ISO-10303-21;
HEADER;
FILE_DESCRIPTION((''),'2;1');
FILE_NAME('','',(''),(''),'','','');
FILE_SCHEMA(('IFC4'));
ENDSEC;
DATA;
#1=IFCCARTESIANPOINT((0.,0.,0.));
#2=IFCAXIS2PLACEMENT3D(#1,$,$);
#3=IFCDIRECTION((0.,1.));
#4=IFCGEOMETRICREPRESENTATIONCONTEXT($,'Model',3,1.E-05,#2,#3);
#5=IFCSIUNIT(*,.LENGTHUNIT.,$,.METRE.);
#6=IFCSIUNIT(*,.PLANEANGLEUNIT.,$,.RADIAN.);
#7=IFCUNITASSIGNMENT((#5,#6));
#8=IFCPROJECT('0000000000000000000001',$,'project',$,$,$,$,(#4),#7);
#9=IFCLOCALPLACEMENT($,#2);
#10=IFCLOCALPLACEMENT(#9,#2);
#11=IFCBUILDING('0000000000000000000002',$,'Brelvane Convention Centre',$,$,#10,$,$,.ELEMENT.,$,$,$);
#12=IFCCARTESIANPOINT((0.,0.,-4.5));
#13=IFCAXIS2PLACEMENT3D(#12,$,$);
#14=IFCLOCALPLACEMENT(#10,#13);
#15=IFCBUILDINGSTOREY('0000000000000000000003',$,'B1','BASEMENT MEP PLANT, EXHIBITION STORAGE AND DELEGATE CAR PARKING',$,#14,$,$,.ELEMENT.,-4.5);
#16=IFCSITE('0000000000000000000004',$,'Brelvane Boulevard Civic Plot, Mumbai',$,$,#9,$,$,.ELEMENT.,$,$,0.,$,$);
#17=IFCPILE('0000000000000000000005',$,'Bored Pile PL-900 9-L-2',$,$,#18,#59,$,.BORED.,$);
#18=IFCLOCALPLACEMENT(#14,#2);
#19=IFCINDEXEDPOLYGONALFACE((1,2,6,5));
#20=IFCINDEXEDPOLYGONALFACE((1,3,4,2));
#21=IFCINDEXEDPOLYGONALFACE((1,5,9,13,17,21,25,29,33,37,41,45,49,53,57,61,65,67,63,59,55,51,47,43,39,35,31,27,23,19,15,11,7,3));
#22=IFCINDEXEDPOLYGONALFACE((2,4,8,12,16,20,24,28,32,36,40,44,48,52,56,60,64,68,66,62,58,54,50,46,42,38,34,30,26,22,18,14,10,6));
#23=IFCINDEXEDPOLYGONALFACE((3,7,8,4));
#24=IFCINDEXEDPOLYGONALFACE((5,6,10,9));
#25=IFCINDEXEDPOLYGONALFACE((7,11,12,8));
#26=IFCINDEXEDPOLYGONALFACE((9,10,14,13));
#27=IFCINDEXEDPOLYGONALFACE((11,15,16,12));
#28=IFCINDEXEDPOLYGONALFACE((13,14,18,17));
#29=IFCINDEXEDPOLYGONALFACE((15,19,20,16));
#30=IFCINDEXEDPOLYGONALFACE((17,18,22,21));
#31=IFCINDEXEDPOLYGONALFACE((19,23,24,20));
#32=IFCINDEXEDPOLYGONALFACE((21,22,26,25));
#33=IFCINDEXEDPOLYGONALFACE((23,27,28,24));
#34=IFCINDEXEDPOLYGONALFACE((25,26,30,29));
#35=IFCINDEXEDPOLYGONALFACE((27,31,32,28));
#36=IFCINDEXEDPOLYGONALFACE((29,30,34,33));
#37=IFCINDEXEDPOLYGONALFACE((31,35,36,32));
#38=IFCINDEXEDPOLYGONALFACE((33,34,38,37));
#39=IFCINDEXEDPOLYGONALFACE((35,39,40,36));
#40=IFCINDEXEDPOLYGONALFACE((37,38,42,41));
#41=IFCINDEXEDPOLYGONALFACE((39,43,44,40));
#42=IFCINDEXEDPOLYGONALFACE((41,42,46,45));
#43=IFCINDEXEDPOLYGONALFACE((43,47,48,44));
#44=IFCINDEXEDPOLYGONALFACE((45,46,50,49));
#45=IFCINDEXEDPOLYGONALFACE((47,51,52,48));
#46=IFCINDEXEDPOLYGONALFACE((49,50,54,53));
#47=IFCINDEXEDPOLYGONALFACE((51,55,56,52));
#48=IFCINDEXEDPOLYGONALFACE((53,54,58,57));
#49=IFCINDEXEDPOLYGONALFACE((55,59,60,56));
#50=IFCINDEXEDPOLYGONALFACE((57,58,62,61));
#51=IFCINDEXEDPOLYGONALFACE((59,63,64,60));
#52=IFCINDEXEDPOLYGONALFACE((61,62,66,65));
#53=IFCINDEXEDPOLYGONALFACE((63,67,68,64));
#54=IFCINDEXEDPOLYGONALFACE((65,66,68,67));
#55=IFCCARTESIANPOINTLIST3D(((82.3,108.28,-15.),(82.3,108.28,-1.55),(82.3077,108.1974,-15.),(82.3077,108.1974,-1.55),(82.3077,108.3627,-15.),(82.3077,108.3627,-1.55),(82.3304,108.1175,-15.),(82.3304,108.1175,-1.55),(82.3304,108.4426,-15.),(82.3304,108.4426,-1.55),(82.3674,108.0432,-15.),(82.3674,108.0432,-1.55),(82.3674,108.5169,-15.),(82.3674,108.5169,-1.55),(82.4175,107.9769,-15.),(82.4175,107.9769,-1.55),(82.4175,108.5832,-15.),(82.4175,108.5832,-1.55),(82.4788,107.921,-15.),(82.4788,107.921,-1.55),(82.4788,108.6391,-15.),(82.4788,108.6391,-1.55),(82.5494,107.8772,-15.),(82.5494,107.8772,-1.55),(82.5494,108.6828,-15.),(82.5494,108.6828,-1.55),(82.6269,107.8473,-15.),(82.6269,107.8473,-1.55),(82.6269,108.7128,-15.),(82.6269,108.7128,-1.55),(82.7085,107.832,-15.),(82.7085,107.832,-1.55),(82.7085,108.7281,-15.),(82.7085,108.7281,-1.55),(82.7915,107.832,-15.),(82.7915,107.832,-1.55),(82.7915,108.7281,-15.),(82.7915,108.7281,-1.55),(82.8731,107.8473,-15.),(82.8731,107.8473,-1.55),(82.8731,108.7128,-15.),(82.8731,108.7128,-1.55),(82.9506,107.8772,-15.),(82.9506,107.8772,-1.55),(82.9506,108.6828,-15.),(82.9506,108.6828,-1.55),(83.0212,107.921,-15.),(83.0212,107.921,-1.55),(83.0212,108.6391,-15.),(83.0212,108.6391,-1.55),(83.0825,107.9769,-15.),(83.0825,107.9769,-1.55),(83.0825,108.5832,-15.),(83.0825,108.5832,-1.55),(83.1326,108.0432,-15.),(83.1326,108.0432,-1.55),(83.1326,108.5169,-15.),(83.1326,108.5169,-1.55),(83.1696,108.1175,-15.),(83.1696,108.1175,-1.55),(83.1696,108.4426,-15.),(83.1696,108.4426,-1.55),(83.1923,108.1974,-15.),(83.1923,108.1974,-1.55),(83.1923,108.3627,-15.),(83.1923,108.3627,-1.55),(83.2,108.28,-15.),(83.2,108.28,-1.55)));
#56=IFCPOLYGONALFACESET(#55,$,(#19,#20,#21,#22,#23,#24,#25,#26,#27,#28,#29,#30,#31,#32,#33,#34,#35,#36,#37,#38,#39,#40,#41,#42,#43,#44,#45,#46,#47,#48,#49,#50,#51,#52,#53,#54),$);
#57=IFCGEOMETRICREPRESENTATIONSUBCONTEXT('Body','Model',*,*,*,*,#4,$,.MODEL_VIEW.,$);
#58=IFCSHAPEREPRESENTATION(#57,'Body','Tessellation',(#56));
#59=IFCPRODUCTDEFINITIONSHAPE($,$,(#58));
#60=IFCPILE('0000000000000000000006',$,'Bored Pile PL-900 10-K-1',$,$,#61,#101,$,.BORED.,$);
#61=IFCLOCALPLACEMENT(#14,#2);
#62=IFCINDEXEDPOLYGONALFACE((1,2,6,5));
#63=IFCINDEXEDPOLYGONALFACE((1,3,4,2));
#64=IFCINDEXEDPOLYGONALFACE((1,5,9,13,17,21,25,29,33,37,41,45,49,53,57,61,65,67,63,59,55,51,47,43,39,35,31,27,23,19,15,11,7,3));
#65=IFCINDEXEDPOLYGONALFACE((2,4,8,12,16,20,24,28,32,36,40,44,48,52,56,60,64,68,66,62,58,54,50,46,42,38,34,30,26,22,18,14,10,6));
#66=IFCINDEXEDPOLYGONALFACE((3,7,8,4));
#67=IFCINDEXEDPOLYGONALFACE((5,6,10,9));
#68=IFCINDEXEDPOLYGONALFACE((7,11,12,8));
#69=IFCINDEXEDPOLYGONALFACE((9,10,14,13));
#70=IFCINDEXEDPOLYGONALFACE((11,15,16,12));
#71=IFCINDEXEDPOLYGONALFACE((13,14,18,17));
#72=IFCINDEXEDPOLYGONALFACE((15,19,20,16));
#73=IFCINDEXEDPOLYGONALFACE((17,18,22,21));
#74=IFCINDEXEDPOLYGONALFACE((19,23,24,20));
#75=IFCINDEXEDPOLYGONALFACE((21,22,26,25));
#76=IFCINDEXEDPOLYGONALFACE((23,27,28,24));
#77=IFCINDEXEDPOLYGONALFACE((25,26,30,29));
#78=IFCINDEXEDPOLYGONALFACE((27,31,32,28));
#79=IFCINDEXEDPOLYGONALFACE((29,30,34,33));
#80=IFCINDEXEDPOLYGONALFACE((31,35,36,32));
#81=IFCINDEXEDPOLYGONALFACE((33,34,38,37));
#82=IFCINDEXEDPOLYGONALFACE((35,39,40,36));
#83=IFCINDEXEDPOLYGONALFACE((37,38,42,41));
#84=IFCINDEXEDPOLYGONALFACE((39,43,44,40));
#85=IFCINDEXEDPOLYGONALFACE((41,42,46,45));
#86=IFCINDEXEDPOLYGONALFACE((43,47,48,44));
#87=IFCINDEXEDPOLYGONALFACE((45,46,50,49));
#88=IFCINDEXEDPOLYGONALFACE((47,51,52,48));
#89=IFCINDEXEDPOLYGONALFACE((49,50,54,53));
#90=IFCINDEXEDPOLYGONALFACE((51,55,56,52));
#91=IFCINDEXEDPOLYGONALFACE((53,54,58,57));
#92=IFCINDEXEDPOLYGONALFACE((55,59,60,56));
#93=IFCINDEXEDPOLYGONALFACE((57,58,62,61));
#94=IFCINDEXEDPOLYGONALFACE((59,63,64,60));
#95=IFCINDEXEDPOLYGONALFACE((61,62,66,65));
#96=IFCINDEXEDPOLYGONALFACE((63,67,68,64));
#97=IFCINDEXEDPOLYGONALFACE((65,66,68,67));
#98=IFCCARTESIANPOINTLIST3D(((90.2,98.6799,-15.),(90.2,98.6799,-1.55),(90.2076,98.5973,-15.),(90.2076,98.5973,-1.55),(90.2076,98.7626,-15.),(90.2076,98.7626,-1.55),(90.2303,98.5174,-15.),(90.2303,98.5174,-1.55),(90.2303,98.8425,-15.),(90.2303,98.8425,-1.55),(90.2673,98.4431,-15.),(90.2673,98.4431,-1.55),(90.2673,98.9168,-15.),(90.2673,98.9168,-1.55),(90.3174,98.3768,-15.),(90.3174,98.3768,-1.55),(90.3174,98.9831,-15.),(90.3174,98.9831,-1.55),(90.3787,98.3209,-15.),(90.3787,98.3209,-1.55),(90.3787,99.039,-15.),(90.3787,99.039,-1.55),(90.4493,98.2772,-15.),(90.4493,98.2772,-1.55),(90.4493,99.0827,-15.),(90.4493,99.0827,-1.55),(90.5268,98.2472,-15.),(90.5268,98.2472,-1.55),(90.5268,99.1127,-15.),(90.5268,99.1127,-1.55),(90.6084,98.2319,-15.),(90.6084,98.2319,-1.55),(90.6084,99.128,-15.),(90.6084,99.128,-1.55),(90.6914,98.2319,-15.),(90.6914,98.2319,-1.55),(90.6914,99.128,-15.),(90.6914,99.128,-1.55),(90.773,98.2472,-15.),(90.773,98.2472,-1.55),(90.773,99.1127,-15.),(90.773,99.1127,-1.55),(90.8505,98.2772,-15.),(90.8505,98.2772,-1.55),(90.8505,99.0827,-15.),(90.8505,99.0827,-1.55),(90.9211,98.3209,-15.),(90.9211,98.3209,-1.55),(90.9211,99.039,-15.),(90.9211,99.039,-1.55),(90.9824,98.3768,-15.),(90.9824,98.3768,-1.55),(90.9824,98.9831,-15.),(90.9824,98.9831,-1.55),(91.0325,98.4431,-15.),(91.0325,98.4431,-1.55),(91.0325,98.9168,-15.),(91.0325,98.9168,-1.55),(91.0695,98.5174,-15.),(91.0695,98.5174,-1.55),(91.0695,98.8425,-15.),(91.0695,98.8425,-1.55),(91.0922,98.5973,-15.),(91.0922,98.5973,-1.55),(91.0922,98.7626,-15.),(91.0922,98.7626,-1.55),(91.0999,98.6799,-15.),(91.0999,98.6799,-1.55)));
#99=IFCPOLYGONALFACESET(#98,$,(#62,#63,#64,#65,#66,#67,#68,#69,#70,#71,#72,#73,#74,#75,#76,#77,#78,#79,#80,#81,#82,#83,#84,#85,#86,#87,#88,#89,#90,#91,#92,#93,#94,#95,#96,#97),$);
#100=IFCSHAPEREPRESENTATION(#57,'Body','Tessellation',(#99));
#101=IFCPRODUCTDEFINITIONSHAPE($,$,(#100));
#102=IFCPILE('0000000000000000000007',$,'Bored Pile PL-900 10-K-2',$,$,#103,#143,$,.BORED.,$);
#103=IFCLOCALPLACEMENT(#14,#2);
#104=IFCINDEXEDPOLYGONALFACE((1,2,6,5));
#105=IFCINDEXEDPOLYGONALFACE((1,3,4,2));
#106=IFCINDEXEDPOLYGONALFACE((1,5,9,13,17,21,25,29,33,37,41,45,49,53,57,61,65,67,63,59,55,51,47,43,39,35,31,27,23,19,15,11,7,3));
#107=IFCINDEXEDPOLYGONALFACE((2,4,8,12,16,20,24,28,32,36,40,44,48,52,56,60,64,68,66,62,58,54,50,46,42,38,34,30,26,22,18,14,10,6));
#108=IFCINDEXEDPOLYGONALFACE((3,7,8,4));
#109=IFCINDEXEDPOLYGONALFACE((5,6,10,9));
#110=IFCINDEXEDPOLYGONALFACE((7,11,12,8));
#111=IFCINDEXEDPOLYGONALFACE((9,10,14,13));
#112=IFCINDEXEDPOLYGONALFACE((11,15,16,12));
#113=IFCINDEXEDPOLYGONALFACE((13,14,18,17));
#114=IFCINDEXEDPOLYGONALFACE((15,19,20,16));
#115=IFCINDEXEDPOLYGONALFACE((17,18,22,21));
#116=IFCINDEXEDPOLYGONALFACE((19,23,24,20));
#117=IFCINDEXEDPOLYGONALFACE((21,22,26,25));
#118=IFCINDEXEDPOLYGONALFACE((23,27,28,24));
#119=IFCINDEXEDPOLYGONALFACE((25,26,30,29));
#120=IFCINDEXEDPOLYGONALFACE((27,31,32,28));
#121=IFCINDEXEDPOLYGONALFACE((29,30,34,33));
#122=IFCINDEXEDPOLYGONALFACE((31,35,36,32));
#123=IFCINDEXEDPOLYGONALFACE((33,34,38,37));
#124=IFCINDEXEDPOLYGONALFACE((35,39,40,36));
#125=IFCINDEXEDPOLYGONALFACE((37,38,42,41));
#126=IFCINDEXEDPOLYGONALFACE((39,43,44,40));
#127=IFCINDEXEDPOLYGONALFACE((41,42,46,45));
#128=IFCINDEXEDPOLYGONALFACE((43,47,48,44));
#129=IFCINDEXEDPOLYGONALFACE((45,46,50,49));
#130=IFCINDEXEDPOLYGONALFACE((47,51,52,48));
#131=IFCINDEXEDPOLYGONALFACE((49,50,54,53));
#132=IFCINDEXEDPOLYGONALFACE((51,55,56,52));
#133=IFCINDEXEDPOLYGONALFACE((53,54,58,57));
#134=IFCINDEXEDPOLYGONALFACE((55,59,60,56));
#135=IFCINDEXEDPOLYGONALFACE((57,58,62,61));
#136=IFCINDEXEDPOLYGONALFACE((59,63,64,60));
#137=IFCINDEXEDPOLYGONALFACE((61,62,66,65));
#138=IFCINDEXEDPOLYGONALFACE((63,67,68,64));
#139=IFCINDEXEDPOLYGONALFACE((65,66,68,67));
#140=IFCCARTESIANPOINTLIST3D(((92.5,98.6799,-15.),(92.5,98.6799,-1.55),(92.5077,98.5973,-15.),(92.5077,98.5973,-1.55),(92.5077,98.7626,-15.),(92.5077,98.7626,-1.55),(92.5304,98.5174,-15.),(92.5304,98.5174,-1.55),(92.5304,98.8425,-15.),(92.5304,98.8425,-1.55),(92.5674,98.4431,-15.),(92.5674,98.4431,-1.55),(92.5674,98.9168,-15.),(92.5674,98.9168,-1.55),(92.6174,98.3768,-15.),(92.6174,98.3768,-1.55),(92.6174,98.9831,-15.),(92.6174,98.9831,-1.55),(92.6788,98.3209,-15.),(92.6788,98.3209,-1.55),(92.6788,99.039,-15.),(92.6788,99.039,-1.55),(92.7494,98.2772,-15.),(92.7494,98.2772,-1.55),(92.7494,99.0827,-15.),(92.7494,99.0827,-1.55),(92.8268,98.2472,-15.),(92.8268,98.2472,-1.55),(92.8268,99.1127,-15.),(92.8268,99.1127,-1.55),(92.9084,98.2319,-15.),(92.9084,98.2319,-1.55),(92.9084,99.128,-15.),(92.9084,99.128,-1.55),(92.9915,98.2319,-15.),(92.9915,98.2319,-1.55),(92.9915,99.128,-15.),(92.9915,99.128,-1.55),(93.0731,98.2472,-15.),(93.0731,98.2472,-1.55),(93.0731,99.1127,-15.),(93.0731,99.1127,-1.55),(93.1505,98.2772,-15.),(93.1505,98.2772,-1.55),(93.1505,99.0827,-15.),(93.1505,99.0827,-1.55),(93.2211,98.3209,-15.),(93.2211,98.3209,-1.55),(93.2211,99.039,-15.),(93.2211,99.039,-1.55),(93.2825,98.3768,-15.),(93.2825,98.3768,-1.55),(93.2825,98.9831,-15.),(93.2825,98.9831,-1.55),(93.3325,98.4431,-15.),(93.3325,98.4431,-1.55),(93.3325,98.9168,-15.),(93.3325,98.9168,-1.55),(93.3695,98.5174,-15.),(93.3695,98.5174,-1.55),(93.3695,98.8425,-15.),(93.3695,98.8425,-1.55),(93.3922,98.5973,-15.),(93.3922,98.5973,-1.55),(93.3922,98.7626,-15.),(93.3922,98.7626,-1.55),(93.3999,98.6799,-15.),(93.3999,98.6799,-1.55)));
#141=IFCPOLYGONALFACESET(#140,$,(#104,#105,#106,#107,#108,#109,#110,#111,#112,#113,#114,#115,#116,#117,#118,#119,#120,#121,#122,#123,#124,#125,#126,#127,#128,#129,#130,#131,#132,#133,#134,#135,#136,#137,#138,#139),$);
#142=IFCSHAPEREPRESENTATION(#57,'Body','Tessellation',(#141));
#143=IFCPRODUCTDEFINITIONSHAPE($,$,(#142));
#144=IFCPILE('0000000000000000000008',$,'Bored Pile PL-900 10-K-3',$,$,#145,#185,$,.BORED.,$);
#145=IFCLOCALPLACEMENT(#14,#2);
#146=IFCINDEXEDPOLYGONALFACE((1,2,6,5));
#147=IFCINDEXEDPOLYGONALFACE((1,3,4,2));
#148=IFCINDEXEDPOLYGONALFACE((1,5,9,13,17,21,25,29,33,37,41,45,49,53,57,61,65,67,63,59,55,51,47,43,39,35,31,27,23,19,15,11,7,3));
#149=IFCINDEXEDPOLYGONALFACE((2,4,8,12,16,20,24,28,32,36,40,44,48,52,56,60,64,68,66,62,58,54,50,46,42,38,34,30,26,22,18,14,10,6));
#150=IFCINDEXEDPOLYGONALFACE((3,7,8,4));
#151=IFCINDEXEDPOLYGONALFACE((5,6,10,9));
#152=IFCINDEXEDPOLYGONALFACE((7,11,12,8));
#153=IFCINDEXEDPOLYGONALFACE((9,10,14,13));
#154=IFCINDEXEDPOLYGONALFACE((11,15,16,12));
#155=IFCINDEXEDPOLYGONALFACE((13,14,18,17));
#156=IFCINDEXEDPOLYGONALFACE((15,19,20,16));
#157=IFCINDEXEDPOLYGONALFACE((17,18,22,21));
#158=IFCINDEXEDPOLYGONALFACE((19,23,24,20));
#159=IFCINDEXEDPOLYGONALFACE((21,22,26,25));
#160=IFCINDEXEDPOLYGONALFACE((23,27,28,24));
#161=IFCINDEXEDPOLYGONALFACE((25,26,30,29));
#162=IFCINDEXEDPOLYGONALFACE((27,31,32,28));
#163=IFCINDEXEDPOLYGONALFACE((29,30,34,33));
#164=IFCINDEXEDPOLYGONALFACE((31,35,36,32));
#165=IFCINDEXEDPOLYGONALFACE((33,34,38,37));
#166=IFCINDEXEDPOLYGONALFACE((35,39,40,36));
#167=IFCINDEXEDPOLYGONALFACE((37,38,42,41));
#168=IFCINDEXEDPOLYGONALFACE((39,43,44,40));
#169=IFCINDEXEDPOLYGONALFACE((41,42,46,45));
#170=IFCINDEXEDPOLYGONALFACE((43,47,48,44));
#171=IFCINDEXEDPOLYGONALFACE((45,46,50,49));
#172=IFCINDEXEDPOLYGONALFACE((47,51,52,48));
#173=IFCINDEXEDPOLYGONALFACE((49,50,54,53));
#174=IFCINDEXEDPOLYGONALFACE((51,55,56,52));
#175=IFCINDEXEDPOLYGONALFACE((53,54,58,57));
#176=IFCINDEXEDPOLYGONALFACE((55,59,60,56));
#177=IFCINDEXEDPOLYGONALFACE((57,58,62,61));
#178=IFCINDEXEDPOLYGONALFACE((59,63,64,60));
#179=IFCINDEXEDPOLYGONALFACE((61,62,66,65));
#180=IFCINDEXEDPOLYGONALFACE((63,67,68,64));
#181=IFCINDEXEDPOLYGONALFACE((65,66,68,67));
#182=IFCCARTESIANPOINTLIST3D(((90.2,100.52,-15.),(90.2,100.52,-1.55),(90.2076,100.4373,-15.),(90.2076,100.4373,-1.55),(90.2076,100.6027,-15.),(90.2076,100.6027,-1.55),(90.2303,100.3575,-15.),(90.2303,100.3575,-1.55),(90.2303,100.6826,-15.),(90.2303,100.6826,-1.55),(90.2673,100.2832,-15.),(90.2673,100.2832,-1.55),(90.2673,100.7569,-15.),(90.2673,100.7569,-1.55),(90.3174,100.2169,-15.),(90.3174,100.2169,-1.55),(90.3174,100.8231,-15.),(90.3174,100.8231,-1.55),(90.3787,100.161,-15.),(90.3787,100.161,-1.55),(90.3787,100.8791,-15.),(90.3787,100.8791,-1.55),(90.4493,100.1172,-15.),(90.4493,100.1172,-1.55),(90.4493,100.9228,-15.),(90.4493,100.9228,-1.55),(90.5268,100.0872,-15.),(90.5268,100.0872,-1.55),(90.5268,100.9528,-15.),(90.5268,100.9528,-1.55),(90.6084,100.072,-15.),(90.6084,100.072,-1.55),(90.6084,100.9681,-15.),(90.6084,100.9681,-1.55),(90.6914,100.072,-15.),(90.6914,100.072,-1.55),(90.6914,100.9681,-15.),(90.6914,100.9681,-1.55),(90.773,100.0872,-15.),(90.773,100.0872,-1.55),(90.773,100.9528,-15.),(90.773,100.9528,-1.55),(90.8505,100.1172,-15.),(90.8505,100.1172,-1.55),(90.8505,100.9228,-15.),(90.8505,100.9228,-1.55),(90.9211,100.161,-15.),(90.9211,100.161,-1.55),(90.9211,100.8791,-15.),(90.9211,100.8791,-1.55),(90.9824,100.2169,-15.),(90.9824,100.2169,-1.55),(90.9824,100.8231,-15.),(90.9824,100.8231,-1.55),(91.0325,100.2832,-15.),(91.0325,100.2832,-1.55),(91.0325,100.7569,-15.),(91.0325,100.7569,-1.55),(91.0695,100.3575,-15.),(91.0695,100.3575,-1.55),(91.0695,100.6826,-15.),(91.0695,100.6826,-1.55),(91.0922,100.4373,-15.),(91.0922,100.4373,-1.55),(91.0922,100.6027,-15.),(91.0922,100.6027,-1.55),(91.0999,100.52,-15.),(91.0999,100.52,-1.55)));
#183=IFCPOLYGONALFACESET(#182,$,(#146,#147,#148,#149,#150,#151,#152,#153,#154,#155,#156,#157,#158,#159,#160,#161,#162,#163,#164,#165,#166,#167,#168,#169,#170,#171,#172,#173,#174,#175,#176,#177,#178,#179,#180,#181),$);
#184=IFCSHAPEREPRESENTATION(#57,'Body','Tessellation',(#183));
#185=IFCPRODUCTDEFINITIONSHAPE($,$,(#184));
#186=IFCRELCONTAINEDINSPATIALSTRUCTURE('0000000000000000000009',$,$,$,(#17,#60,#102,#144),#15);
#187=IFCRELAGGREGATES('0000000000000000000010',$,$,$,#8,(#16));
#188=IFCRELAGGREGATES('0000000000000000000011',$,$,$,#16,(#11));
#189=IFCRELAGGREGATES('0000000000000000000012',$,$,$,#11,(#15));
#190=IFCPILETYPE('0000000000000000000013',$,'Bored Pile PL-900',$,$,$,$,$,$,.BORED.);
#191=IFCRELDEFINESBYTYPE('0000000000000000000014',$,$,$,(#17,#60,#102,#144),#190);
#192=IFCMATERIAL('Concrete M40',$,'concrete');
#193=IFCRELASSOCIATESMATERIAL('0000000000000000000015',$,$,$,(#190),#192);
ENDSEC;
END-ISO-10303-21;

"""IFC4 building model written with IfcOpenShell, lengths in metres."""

from ifc_helpers import new_model, si_unit, direction, frame, origin, origin_2d, place, context, subcontext, project, spatial, circle, extrude, material, material_profile, profile_set, type_object, element, save


model = new_model("IFC4")

# Units and contexts
model_context = context("Model", 3, precision=1e-05, world=origin(), true_north=direction((0.0, 1.0)))
body_context = subcontext(model_context, "Body", "Model", "MODEL_VIEW")
ifc_project = project(units=[si_unit("LENGTHUNIT", "METRE"), si_unit("PLANEANGLEUNIT", "RADIAN")], contexts=[model_context])

# Site, building, storey
site_placement = place(None, origin())
site = spatial("IfcSite", under=ifc_project, at=site_placement, Name="Brelvane Boulevard Civic Plot, Mumbai", CompositionType="ELEMENT", RefElevation=0.0)
building_placement = place(site_placement, origin())
building = spatial("IfcBuilding", under=site, at=building_placement, Name="Brelvane Convention Centre", CompositionType="ELEMENT")
storey_placement = place(building_placement, frame((0.0, 0.0, -4.5)))
storey = spatial("IfcBuildingStorey", under=building, at=storey_placement, Name="B1", Description="BASEMENT MEP PLANT, EXHIBITION STORAGE AND DELEGATE CAR PARKING", CompositionType="ELEMENT", Elevation=-4.5)

# Piles
ifc_material_1 = material(Name="Concrete M40", Category="concrete")
ifc_material_profile_1 = material_profile(ifc_material_1, circle(Radius=0.45, at=origin_2d()), Name="PILE D900")
ifc_profile_set_1 = profile_set([ifc_material_profile_1], Name="Concrete M40")
pile_type = type_object("IfcPileType", Name="Bored Pile PL-900", PredefinedType="BORED", material=ifc_profile_set_1)
for number, where, z_axis, x_axis, name in (
    (1, (82.75, 108.28, -1.55), (0.0, 0.0, -1.0), (1.0, 0.0, 0.0), "Bored Pile PL-900 9-L-2"),
    (2, (90.6499, 98.6799, -1.55), (0.0, 0.0, -1.0), (1.0, 0.0, 0.0), "Bored Pile PL-900 10-K-1"),
    (3, (92.95, 98.6799, -1.55), (0.0, 0.0, -1.0), (1.0, 0.0, 0.0), "Bored Pile PL-900 10-K-2"),
    (4, (90.6499, 100.52, -1.55), (0.0, 0.0, -1.0), (1.0, 0.0, 0.0), "Bored Pile PL-900 10-K-3"),
):
    element("IfcPile", number, at=place(storey_placement, frame(where, z_axis=z_axis, x_axis=x_axis)), inside=storey, type_object=pile_type, Name=name, PredefinedType="BORED", context=body_context, shape_type="SweptSolid", body=[
        extrude(circle(Radius=0.45, at=origin_2d()), origin(), (0.0, 0.0, 1.0), 13.45),
    ])

save(model, "model.ifc")
